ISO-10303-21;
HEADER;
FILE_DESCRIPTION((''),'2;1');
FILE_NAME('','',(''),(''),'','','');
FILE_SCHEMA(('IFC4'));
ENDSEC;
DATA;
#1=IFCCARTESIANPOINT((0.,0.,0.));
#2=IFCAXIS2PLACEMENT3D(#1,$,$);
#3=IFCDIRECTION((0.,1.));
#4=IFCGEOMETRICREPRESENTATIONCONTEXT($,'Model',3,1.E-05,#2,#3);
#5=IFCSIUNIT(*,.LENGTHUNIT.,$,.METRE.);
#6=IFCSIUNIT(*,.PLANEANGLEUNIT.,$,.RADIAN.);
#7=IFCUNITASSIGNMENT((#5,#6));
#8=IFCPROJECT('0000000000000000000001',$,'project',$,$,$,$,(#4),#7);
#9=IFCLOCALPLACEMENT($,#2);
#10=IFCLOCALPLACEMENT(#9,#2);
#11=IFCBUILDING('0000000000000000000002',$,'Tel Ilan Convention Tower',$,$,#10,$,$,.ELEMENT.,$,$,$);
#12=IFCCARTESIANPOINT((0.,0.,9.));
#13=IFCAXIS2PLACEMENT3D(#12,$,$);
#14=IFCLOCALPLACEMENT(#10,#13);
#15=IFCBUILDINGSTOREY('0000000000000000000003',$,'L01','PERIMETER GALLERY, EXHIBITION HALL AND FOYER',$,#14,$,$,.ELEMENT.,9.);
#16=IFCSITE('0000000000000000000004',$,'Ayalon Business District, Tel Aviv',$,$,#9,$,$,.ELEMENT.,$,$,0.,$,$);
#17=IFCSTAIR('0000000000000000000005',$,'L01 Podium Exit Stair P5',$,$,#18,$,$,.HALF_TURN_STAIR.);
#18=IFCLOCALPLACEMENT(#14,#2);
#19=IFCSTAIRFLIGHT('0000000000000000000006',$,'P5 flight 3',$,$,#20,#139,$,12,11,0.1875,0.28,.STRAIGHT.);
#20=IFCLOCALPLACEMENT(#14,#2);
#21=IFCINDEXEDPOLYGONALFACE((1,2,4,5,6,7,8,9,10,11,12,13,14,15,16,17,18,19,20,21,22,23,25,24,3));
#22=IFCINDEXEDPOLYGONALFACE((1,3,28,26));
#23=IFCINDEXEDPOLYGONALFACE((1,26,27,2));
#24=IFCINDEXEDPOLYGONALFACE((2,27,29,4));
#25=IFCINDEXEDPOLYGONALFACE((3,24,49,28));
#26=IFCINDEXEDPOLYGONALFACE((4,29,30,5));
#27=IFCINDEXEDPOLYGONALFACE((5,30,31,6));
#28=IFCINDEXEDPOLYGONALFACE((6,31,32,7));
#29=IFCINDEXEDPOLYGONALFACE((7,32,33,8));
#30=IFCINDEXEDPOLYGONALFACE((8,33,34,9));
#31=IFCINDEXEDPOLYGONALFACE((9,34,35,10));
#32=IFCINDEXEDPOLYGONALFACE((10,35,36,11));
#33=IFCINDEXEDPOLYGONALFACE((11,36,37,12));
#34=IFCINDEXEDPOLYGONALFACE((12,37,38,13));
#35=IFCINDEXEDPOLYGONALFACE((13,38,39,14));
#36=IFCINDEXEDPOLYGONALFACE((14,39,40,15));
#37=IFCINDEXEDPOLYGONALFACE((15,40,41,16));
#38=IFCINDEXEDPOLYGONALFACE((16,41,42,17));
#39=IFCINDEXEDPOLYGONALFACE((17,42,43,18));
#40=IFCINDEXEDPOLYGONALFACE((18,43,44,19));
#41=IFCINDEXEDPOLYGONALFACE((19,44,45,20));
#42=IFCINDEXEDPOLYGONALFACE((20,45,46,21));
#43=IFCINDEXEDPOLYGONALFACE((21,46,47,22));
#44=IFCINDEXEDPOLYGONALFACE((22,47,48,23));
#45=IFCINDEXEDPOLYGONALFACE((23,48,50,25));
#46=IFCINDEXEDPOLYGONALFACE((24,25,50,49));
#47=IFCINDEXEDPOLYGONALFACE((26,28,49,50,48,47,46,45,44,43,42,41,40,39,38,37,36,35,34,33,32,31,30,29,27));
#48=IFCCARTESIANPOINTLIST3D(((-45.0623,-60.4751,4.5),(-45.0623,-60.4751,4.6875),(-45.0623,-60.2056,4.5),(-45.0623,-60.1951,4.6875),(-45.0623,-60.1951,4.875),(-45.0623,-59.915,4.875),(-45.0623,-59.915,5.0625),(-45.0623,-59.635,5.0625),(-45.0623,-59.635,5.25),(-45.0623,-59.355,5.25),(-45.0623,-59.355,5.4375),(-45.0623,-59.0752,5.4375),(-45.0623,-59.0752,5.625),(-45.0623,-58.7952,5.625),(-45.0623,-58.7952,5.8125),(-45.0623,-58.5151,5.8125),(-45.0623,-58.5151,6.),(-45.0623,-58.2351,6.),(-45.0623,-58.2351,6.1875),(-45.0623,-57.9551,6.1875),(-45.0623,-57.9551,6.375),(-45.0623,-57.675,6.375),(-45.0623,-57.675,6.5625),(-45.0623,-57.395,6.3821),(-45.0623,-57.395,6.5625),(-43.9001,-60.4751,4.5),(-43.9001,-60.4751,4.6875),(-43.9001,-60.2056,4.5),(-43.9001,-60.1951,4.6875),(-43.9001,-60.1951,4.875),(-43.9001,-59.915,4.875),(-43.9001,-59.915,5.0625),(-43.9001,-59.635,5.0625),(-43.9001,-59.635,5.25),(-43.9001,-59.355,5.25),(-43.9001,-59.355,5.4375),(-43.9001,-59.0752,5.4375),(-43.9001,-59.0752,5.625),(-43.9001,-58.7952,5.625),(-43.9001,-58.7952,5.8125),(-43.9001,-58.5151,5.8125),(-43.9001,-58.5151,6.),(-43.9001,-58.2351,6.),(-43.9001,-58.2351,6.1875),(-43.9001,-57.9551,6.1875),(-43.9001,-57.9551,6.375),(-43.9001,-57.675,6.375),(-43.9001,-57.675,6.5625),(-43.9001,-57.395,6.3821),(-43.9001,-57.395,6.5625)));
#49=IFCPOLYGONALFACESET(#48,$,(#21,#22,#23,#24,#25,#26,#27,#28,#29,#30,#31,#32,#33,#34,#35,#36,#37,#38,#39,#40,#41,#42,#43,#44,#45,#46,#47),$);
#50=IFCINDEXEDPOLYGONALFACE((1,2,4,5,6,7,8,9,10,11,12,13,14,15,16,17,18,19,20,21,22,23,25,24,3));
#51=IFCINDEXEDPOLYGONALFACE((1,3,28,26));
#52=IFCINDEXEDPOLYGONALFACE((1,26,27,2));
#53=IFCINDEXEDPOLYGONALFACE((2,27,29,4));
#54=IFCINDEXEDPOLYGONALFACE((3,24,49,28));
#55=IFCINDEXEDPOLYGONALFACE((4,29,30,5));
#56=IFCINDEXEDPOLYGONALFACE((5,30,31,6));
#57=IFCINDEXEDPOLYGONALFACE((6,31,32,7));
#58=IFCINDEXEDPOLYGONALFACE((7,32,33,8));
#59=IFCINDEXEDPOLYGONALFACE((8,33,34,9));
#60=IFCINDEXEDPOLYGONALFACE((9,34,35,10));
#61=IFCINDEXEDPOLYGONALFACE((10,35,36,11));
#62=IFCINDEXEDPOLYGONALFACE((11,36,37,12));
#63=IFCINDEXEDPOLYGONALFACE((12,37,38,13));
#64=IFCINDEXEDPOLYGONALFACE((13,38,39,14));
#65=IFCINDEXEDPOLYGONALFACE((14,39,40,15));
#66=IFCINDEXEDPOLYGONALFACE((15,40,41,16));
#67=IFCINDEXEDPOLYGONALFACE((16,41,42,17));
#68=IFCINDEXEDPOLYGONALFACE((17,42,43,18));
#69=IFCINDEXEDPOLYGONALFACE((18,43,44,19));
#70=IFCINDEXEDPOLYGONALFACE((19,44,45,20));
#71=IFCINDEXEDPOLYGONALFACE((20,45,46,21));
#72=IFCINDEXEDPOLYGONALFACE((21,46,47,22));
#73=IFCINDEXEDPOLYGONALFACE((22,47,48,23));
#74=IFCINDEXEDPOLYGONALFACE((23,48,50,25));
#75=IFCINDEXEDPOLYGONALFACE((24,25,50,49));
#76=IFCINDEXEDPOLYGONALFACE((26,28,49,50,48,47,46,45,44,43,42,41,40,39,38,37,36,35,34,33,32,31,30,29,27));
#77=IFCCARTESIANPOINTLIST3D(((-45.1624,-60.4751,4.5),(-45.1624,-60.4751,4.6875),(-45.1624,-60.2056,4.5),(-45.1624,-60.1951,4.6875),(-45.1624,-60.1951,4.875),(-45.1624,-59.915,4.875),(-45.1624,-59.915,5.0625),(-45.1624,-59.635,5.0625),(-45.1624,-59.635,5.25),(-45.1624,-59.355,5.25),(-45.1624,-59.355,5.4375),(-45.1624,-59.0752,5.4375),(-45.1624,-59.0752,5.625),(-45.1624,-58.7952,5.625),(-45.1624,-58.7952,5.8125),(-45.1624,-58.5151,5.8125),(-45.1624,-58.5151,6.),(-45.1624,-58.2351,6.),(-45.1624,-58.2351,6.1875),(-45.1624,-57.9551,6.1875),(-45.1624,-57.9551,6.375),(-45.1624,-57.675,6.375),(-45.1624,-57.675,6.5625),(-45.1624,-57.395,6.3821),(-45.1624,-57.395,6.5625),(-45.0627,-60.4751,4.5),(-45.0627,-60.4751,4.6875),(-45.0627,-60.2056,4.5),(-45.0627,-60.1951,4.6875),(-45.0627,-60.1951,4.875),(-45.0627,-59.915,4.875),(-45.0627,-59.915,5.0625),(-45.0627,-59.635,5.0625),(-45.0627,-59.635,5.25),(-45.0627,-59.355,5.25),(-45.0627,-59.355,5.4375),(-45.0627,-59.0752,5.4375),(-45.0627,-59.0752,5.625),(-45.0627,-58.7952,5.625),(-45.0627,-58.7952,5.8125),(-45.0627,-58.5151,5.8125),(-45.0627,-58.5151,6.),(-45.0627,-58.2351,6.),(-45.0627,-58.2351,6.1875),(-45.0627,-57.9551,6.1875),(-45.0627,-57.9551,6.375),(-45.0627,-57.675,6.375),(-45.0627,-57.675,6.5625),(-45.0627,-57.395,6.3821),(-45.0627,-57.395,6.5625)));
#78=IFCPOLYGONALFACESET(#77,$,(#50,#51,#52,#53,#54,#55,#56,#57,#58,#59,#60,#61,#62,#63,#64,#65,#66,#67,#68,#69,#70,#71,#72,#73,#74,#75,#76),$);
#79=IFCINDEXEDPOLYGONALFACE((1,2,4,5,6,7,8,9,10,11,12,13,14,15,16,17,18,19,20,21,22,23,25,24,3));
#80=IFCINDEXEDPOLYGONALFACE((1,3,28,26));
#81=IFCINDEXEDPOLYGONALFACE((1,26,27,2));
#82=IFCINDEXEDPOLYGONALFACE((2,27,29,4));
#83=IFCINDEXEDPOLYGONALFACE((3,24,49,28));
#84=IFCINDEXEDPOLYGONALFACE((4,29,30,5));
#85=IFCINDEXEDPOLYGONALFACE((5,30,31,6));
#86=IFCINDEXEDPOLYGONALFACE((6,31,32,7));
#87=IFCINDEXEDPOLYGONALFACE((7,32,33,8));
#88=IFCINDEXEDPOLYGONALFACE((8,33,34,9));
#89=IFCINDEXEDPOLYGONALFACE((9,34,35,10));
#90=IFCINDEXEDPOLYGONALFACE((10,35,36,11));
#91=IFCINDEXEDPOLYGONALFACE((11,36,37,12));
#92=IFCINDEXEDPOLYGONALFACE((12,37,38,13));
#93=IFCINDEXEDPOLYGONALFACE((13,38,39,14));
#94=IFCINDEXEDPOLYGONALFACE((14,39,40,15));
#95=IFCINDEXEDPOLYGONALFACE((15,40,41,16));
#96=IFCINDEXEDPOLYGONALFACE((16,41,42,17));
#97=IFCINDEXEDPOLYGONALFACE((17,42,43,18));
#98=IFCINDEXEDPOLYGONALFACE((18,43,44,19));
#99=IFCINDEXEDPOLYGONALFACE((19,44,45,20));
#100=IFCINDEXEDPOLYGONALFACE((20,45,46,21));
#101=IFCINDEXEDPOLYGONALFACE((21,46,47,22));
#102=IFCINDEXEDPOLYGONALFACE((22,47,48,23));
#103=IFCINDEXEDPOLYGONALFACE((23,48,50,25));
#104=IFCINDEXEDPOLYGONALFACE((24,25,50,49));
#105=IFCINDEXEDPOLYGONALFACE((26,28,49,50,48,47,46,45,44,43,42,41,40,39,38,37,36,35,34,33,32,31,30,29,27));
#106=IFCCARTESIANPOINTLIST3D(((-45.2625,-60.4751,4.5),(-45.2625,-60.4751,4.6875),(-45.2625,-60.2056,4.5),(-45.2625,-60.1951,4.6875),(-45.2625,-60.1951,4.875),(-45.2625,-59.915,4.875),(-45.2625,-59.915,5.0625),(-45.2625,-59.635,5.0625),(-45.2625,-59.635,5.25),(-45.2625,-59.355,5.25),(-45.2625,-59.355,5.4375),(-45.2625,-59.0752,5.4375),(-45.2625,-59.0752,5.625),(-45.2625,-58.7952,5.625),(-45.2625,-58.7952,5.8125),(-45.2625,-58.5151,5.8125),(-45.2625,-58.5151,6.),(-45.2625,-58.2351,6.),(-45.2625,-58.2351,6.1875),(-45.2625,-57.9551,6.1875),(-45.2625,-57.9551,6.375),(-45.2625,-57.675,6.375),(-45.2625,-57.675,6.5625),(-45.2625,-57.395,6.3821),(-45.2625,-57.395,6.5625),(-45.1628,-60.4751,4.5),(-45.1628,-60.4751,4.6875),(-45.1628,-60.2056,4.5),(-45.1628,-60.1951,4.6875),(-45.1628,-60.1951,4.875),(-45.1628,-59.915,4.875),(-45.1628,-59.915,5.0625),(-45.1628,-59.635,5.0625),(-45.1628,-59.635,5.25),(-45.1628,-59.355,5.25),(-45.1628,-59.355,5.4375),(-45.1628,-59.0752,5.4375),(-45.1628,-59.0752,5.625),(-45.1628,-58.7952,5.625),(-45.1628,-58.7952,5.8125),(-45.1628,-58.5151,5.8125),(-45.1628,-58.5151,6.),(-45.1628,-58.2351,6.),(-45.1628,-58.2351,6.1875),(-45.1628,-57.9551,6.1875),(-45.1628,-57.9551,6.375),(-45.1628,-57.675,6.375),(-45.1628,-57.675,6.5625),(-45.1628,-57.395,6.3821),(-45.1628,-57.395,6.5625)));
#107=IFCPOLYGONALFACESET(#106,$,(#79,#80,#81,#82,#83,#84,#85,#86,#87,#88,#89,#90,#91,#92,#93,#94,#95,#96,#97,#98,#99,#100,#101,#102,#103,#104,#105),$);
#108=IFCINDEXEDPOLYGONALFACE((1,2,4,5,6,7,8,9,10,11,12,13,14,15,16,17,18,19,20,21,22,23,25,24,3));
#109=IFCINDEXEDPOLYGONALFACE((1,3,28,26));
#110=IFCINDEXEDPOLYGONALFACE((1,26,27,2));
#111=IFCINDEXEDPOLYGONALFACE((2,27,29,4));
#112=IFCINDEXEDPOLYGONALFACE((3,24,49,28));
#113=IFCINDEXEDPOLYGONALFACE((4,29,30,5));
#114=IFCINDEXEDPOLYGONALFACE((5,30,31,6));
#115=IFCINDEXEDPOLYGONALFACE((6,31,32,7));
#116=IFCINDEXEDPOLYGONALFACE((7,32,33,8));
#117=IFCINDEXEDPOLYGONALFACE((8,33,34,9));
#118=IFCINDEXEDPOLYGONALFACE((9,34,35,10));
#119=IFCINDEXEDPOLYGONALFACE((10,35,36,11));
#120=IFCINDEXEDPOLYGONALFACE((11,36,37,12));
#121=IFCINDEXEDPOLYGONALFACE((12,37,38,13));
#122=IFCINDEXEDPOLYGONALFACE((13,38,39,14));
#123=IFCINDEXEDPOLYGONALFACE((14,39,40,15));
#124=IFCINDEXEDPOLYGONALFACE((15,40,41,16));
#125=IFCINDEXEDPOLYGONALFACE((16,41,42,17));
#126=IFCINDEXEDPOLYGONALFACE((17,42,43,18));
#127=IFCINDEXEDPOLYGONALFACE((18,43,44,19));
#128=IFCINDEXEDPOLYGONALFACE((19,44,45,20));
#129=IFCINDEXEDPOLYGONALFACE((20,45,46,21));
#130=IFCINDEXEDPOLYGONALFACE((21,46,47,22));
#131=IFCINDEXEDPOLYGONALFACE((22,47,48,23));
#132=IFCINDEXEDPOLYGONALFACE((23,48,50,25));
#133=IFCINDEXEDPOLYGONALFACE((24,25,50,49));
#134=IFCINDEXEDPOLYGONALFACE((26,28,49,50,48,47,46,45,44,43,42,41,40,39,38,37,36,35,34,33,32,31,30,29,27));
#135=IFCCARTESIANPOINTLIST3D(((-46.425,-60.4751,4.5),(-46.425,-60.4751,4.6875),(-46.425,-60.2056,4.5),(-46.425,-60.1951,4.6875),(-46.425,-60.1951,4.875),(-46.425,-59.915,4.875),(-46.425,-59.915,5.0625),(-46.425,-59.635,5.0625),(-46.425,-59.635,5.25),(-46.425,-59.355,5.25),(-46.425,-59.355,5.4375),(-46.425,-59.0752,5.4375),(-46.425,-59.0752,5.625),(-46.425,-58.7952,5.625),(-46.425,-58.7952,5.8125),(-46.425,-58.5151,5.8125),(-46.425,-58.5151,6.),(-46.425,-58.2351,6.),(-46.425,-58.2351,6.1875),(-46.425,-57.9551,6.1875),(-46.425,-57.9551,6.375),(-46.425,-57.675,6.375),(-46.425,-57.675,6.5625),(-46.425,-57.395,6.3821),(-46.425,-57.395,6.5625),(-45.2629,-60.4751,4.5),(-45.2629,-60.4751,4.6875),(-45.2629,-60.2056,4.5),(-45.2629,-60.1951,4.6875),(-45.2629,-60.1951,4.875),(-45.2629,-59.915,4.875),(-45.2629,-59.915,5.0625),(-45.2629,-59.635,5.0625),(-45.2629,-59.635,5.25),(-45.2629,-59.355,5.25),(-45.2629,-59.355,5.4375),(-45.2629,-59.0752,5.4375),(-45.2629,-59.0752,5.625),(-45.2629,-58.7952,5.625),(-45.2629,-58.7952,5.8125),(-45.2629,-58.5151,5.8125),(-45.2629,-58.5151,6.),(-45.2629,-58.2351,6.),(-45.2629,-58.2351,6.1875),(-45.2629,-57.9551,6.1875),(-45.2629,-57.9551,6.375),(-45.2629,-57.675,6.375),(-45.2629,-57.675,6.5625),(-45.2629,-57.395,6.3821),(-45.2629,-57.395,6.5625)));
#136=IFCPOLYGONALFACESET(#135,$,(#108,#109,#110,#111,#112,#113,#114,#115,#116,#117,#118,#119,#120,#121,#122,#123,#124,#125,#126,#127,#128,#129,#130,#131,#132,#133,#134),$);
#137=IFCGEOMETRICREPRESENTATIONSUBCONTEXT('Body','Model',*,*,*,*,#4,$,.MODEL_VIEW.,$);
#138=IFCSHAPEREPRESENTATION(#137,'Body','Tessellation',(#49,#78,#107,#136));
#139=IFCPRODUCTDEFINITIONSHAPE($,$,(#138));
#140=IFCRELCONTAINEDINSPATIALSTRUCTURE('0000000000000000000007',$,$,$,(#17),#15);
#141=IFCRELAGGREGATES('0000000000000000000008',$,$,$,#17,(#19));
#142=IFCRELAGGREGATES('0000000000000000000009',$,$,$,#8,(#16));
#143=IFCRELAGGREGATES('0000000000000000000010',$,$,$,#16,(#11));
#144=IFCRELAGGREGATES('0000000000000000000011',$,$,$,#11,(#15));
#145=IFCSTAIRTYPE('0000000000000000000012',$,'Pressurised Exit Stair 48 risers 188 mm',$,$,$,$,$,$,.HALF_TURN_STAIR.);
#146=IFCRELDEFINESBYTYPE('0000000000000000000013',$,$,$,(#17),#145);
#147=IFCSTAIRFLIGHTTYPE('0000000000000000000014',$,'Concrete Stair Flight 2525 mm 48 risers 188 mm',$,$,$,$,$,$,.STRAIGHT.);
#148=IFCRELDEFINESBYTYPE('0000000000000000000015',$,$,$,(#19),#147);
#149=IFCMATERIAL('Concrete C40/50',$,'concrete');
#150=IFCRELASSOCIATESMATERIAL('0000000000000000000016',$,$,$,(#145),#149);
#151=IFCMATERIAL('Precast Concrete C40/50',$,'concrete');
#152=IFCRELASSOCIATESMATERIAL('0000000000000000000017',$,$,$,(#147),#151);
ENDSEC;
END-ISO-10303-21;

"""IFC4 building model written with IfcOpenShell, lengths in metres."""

from ifc_helpers import new_model, si_unit, direction, frame, origin, place, context, subcontext, project, spatial, polyline, outline, extrude, material, type_object, element, aggregate, save


model = new_model("IFC4")

# Units and contexts
model_context = context("Model", 3, precision=1e-05, world=origin(), true_north=direction((0.0, 1.0)))
body_context = subcontext(model_context, "Body", "Model", "MODEL_VIEW")
ifc_project = project(units=[si_unit("LENGTHUNIT", "METRE"), si_unit("PLANEANGLEUNIT", "RADIAN")], contexts=[model_context])

# Site, building, storey
site_placement = place(None, origin())
site = spatial("IfcSite", under=ifc_project, at=site_placement, Name="Ayalon Business District, Tel Aviv", CompositionType="ELEMENT", RefElevation=0.0)
building_placement = place(site_placement, origin())
building = spatial("IfcBuilding", under=site, at=building_placement, Name="Tel Ilan Convention Tower", CompositionType="ELEMENT")
storey_placement = place(building_placement, frame((0.0, 0.0, 9.0)))
storey = spatial("IfcBuildingStorey", under=building, at=storey_placement, Name="L01", Description="PERIMETER GALLERY, EXHIBITION HALL AND FOYER", CompositionType="ELEMENT", Elevation=9.0)

# Shared definitions
ifc_material_1 = material(Name="Concrete C40/50", Category="concrete")
stair_type = type_object("IfcStairType", Name="Pressurised Exit Stair 48 risers 188 mm", PredefinedType="HALF_TURN_STAIR", material=ifc_material_1)
ifc_material_2 = material(Name="Precast Concrete C40/50", Category="concrete")
stair_flight_type = type_object("IfcStairFlightType", Name="Concrete Stair Flight 2525 mm 48 risers 188 mm", PredefinedType="STRAIGHT", material=ifc_material_2)

# Stair, stair flight
stair_1_placement = place(storey_placement, origin())
stair_1 = element("IfcStair", 1, at=stair_1_placement, inside=storey, type_object=stair_type, Name="L01 Podium Exit Stair P5", PredefinedType="HALF_TURN_STAIR")
stair_flight_1_placement = place(storey_placement, frame((-45.1626, -60.4751, 4.5), z_axis=(0.0, 0.0, 1.0), x_axis=(0.0, 1.0, 0.0)))
stair_flight_1 = element("IfcStairFlight", 2, at=stair_flight_1_placement, type_object=stair_flight_type, Name="P5 flight 3", NumberOfRisers=12, NumberOfTreads=11, PredefinedType="STRAIGHT", RiserHeight=0.1875, TreadLength=0.28, context=body_context, shape_type="SweptSolid", body=[
    extrude(outline(polyline([(0.0, 0.0), (0.0, 0.1875), (0.28, 0.1875), (0.28, 0.375), (0.5601, 0.375), (0.5601, 0.5625), (0.8401, 0.5625), (0.8401, 0.75), (1.1201, 0.75), (1.1201, 0.9375), (1.3999, 0.9375), (1.3999, 1.125), (1.6799, 1.125), (1.6799, 1.3125), (1.96, 1.3125), (1.96, 1.5), (2.24, 1.5), (2.24, 1.6875), (2.52, 1.6875), (2.52, 1.875), (2.8, 1.875), (2.8, 2.0625), (3.0801, 2.0625), (3.0801, 2.25), (3.0801, 1.8821), (0.2695, 0.0), (0.0, 0.0)])), frame((0.0, -0.1003, 0.0), z_axis=(0.0, -1.0, 0.0), x_axis=(1.0, 0.0, 0.0)), (0.0, 0.0, 1.0), 1.1621),
    extrude(outline(polyline([(0.0, 0.0), (0.0, 0.1875), (0.28, 0.1875), (0.28, 0.375), (0.5601, 0.375), (0.5601, 0.5625), (0.8401, 0.5625), (0.8401, 0.75), (1.1201, 0.75), (1.1201, 0.9375), (1.3999, 0.9375), (1.3999, 1.125), (1.6799, 1.125), (1.6799, 1.3125), (1.96, 1.3125), (1.96, 1.5), (2.24, 1.5), (2.24, 1.6875), (2.52, 1.6875), (2.52, 1.875), (2.8, 1.875), (2.8, 2.0625), (3.0801, 2.0625), (3.0801, 2.25), (3.0801, 1.8821), (0.2695, 0.0), (0.0, 0.0)])), frame((0.0, -0.0002, 0.0), z_axis=(0.0, -1.0, 0.0), x_axis=(1.0, 0.0, 0.0)), (0.0, 0.0, 1.0), 0.0996),
    extrude(outline(polyline([(0.0, 0.0), (0.0, 0.1875), (0.28, 0.1875), (0.28, 0.375), (0.5601, 0.375), (0.5601, 0.5625), (0.8401, 0.5625), (0.8401, 0.75), (1.1201, 0.75), (1.1201, 0.9375), (1.3999, 0.9375), (1.3999, 1.125), (1.6799, 1.125), (1.6799, 1.3125), (1.96, 1.3125), (1.96, 1.5), (2.24, 1.5), (2.24, 1.6875), (2.52, 1.6875), (2.52, 1.875), (2.8, 1.875), (2.8, 2.0625), (3.0801, 2.0625), (3.0801, 2.25), (3.0801, 1.8821), (0.2695, 0.0), (0.0, 0.0)])), frame((0.0, 0.0999, 0.0), z_axis=(0.0, -1.0, 0.0), x_axis=(1.0, 0.0, 0.0)), (0.0, 0.0, 1.0), 0.0996),
    extrude(outline(polyline([(0.0, 0.0), (0.0, 0.1875), (0.28, 0.1875), (0.28, 0.375), (0.5601, 0.375), (0.5601, 0.5625), (0.8401, 0.5625), (0.8401, 0.75), (1.1201, 0.75), (1.1201, 0.9375), (1.3999, 0.9375), (1.3999, 1.125), (1.6799, 1.125), (1.6799, 1.3125), (1.96, 1.3125), (1.96, 1.5), (2.24, 1.5), (2.24, 1.6875), (2.52, 1.6875), (2.52, 1.875), (2.8, 1.875), (2.8, 2.0625), (3.0801, 2.0625), (3.0801, 2.25), (3.0801, 1.8821), (0.2695, 0.0), (0.0, 0.0)])), frame((0.0, 1.2625, 0.0), z_axis=(0.0, -1.0, 0.0), x_axis=(1.0, 0.0, 0.0)), (0.0, 0.0, 1.0), 1.1621),
])
aggregate(stair_1, [stair_flight_1])

save(model, "model.ifc")
